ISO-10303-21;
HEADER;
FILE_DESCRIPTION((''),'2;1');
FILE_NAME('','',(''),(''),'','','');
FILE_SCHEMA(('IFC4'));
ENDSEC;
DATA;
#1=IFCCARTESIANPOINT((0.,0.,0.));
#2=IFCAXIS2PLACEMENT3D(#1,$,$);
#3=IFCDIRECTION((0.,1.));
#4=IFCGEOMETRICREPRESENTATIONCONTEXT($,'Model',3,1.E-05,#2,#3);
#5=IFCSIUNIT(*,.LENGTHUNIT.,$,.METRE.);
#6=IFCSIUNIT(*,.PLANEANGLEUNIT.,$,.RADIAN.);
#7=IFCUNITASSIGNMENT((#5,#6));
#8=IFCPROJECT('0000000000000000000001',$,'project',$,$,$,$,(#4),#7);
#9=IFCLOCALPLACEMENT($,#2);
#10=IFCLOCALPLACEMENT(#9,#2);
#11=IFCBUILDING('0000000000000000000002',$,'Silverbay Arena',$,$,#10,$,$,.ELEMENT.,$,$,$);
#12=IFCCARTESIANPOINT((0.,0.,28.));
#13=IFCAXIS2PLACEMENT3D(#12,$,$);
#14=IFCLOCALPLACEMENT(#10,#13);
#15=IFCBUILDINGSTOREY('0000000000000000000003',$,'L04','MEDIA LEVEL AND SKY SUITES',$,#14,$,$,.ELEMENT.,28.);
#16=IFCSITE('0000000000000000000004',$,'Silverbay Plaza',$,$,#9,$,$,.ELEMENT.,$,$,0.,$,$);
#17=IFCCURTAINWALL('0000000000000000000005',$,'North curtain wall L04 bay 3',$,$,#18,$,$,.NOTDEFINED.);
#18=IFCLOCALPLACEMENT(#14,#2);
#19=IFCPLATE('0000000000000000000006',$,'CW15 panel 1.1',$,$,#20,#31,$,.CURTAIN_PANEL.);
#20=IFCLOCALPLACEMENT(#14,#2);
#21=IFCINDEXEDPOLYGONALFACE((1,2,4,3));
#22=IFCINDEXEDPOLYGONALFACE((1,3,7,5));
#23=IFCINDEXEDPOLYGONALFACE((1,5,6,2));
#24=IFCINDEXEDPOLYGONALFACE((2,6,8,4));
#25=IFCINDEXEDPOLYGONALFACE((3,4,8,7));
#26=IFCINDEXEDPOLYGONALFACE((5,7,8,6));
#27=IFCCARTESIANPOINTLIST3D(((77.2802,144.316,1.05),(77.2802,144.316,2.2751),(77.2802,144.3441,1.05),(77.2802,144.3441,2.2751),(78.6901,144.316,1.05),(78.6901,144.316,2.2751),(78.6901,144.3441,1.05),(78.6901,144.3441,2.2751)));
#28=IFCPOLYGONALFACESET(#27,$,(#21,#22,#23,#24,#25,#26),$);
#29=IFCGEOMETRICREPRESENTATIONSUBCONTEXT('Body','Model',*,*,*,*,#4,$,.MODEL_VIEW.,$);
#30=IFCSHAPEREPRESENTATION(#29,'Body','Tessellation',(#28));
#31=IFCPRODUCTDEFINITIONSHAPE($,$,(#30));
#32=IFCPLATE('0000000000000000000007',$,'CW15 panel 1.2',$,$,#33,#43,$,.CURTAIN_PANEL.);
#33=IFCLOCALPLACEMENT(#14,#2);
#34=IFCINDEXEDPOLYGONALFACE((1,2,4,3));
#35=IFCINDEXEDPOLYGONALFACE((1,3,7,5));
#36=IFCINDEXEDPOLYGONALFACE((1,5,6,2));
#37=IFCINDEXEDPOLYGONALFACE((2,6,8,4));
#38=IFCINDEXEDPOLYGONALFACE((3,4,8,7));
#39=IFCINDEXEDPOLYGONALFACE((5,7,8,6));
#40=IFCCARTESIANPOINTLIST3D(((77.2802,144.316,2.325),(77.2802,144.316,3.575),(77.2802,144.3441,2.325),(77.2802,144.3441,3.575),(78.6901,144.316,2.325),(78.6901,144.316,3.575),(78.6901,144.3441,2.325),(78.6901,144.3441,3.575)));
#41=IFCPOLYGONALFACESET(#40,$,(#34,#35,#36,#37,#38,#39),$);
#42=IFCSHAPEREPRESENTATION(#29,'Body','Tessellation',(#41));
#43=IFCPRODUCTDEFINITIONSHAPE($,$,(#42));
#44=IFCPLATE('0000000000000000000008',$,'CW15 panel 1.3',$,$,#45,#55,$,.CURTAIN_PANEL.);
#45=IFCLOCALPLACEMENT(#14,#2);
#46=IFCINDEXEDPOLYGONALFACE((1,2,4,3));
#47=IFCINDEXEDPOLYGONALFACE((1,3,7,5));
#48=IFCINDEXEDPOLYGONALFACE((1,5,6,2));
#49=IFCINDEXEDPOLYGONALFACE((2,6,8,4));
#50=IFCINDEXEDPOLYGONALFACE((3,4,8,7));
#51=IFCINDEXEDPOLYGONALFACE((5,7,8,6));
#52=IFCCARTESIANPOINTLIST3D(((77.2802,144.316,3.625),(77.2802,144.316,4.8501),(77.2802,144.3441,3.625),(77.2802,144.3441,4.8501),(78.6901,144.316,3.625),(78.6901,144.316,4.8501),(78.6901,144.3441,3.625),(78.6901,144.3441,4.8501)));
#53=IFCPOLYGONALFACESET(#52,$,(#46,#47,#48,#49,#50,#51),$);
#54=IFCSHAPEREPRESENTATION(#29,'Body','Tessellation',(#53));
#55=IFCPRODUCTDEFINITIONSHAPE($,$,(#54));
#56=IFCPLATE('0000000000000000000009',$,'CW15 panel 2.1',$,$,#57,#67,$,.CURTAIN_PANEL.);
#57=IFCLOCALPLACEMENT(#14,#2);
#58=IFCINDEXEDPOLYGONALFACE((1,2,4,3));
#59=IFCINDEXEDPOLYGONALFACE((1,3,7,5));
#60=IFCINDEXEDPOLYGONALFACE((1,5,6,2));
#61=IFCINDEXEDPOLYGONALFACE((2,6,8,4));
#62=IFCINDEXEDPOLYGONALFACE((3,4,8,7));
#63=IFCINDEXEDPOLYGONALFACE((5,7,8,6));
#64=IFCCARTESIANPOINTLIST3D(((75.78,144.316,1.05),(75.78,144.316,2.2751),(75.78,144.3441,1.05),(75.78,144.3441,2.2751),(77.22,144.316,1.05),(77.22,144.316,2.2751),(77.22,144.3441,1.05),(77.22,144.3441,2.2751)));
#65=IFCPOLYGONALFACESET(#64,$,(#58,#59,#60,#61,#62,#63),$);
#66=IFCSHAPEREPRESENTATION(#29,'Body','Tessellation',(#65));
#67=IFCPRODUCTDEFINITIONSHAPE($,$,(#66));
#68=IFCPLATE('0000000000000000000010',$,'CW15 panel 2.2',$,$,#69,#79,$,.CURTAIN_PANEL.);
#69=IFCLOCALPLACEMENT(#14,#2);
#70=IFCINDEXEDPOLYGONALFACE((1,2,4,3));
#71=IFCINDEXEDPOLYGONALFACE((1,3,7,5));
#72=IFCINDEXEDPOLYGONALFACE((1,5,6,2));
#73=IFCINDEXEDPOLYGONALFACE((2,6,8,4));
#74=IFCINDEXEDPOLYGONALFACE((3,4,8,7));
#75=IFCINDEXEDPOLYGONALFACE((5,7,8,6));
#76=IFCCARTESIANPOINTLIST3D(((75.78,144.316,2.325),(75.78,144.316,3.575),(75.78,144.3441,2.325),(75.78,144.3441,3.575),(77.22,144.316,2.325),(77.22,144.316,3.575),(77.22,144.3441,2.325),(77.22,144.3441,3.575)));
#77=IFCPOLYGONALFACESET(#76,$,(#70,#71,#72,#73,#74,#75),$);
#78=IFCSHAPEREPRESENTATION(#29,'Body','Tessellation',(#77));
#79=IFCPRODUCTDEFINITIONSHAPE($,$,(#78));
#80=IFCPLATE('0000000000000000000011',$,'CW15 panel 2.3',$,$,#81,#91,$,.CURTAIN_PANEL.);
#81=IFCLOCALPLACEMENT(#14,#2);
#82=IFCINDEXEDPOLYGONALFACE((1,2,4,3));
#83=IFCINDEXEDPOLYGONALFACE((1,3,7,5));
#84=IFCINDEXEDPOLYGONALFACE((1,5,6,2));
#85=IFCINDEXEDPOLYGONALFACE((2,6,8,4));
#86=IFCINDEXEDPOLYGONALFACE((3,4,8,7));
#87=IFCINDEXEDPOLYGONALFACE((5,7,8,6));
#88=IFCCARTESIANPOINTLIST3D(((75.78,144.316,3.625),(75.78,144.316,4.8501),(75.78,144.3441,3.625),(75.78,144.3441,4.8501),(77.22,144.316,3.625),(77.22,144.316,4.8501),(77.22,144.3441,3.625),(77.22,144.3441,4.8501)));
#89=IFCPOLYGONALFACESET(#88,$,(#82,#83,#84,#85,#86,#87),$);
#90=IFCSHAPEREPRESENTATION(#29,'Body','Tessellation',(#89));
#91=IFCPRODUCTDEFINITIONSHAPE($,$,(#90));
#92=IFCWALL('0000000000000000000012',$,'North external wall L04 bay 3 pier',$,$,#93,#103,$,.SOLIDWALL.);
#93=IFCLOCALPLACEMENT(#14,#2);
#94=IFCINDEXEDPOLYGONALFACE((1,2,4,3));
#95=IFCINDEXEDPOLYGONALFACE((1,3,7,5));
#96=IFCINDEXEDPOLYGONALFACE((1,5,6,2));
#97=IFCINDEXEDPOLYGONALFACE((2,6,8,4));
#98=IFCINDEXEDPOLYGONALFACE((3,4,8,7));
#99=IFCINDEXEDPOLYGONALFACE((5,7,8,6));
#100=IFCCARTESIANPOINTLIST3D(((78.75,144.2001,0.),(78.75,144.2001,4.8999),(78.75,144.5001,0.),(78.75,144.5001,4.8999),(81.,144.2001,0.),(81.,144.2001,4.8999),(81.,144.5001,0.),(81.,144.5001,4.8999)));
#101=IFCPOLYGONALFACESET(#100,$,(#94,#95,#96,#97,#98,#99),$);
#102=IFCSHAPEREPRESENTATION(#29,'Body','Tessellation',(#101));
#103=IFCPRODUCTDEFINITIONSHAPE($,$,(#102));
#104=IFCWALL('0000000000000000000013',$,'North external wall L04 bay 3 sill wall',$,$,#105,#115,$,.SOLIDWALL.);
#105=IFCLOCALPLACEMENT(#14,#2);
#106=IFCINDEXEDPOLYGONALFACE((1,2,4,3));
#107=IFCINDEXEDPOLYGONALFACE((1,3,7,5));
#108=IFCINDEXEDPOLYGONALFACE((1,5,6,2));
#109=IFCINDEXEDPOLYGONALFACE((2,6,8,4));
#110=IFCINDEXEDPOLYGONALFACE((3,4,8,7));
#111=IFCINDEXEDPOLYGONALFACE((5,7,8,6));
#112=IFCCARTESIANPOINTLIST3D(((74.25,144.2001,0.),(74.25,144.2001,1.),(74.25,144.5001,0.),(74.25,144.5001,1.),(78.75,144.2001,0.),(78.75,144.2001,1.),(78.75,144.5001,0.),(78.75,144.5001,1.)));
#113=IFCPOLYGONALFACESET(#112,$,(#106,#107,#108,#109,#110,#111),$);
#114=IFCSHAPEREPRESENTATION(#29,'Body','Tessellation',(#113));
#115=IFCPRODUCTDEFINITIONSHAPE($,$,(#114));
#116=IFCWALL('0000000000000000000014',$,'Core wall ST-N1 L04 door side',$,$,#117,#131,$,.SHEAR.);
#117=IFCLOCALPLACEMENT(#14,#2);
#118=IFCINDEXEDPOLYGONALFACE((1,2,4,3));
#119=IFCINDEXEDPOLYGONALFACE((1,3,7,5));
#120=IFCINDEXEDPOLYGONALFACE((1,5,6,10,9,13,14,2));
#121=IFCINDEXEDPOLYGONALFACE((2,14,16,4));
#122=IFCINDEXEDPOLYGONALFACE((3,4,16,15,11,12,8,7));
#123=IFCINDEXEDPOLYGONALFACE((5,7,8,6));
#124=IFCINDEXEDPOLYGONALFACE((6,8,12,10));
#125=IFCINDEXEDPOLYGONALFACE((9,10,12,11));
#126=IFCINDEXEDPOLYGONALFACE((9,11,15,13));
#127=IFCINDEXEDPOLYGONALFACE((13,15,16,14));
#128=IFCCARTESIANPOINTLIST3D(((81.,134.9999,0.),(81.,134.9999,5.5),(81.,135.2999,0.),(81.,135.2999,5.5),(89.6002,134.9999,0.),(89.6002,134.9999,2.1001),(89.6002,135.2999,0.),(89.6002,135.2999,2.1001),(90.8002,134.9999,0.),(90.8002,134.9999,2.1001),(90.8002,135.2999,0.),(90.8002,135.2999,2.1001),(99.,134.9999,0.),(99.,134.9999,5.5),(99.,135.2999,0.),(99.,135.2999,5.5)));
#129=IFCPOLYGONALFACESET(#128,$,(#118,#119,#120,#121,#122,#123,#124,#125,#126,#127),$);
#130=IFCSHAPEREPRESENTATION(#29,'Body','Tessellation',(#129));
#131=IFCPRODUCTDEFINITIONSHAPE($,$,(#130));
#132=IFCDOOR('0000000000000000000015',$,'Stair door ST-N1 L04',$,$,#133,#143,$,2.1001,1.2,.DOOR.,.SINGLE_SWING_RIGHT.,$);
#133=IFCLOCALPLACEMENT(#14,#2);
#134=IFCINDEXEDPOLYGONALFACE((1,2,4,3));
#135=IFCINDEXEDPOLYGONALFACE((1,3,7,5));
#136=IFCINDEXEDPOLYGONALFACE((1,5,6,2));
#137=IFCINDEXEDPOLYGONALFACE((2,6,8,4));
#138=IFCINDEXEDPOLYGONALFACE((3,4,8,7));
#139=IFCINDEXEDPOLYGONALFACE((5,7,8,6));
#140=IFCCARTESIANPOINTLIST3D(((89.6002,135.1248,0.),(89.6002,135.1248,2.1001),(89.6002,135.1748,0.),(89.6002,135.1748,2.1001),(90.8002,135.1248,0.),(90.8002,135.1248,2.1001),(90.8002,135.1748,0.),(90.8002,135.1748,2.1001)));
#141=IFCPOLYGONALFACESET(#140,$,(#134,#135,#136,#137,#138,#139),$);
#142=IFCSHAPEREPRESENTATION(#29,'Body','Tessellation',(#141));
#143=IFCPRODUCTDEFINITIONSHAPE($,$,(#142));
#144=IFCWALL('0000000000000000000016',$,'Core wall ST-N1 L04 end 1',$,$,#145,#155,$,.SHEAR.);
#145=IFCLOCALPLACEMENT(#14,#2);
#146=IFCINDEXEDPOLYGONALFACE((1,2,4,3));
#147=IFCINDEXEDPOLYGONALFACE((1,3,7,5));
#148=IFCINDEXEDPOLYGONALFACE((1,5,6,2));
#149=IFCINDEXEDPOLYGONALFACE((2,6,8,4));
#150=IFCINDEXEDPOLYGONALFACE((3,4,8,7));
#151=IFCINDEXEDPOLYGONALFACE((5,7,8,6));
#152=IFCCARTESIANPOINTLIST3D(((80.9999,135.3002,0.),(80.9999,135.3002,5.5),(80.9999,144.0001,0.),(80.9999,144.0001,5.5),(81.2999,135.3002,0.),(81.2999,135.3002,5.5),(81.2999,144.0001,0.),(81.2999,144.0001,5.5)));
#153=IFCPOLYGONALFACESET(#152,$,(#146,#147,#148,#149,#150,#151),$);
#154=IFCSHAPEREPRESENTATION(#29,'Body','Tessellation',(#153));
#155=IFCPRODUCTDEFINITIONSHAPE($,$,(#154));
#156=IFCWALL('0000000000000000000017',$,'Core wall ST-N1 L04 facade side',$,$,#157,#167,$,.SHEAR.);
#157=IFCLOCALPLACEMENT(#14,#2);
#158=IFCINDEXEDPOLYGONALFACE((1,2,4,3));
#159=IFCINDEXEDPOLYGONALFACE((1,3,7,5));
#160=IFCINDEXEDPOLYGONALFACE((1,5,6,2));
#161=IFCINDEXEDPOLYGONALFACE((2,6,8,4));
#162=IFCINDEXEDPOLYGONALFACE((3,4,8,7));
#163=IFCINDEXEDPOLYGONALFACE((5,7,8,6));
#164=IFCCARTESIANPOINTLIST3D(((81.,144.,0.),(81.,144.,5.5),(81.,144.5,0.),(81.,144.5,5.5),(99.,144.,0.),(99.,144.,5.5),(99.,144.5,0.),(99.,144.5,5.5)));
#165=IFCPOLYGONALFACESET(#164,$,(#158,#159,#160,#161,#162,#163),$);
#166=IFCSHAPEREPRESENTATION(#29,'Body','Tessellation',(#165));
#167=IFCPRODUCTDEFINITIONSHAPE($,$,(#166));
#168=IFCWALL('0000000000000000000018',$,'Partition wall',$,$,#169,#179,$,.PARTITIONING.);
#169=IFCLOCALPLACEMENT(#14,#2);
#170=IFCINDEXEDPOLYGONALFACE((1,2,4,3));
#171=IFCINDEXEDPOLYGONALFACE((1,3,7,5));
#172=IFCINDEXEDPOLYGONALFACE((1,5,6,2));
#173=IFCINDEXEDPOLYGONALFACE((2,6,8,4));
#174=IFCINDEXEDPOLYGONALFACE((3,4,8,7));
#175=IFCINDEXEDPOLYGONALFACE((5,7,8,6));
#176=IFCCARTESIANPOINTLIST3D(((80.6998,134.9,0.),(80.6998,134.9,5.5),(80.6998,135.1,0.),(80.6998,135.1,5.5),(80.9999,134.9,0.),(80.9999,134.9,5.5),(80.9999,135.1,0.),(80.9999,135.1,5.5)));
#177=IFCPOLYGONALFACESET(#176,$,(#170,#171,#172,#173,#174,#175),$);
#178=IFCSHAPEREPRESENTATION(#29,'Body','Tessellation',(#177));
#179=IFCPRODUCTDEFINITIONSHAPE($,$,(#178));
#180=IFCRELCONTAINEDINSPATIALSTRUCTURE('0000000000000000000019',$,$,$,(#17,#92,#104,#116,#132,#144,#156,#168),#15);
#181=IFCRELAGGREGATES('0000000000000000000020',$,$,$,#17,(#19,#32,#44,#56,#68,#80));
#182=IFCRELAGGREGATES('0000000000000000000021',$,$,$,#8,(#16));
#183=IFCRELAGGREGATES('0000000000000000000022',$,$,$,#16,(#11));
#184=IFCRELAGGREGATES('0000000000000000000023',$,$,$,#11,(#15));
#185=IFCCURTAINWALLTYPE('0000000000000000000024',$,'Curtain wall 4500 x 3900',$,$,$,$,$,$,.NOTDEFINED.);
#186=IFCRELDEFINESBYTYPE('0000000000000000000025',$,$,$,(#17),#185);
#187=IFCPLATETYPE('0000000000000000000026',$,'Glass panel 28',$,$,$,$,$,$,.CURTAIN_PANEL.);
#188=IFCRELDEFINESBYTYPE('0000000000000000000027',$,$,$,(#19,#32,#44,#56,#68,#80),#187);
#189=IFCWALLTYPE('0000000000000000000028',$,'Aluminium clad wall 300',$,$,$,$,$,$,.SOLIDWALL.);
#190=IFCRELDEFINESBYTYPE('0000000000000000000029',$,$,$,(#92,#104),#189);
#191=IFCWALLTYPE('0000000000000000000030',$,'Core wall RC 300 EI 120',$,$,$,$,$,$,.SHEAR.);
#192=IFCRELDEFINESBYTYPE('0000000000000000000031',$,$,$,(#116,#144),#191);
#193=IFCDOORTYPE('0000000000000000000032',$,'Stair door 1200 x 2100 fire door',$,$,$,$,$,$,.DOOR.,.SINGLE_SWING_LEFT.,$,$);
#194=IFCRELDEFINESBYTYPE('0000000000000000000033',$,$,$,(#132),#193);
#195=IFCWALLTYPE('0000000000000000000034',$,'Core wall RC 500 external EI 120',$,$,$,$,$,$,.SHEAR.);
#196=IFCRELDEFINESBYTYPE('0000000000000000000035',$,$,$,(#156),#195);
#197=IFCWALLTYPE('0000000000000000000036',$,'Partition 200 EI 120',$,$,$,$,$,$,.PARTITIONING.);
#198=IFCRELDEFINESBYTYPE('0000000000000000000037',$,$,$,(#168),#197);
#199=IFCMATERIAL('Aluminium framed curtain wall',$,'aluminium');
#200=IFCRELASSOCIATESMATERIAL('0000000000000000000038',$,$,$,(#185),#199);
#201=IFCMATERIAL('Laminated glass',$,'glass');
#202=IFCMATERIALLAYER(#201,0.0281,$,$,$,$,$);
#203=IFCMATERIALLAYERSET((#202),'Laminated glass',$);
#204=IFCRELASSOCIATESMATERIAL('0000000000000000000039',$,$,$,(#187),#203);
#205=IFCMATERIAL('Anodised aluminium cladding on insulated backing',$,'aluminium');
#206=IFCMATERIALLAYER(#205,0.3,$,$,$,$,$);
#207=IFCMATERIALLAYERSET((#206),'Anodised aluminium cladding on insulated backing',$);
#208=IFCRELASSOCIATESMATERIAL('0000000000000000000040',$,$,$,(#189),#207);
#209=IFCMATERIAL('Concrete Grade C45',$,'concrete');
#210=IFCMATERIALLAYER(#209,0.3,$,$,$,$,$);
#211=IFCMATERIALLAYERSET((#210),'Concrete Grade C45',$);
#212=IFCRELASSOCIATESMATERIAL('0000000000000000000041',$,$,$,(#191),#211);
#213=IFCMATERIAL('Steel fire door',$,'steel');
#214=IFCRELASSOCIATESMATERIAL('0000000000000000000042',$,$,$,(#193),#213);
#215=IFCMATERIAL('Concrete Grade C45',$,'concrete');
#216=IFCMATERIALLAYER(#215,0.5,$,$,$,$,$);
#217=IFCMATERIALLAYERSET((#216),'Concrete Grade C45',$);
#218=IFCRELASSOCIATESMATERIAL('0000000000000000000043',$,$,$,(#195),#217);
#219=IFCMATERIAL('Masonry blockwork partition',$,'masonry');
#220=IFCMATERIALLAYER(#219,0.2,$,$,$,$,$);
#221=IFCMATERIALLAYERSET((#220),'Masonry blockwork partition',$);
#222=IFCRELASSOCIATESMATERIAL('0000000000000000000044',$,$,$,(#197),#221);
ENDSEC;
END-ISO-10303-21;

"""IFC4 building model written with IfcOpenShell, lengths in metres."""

from ifc_helpers import new_model, si_unit, direction, frame, frame_2d, origin, origin_2d, place, context, subcontext, project, spatial, rectangle, extrude, material, layer, layer_set, type_object, element, fill, aggregate, save


model = new_model("IFC4")

# Units and contexts
model_context = context("Model", 3, precision=1e-05, world=origin(), true_north=direction((0.0, 1.0)))
body_context = subcontext(model_context, "Body", "Model", "MODEL_VIEW")
ifc_project = project(units=[si_unit("LENGTHUNIT", "METRE"), si_unit("PLANEANGLEUNIT", "RADIAN")], contexts=[model_context])

# Site, building, storey
site_placement = place(None, origin())
site = spatial("IfcSite", under=ifc_project, at=site_placement, Name="Silverbay Plaza", CompositionType="ELEMENT", RefElevation=0.0)
building_placement = place(site_placement, origin())
building = spatial("IfcBuilding", under=site, at=building_placement, Name="Silverbay Arena", CompositionType="ELEMENT")
storey_placement = place(building_placement, frame((0.0, 0.0, 28.0)))
storey = spatial("IfcBuildingStorey", under=building, at=storey_placement, Name="L04", Description="MEDIA LEVEL AND SKY SUITES", CompositionType="ELEMENT", Elevation=28.0)

# Curtain wall, plates
ifc_material_1 = material(Name="Aluminium framed curtain wall", Category="aluminium")
curtain_wall_type = type_object("IfcCurtainWallType", Name="Curtain wall 4500 x 3900", PredefinedType="NOTDEFINED", material=ifc_material_1)
curtain_wall_placement = place(storey_placement, origin())
curtain_wall = element("IfcCurtainWall", 1, at=curtain_wall_placement, inside=storey, type_object=curtain_wall_type, Name="North curtain wall L04 bay 3", PredefinedType="NOTDEFINED")
ifc_material_2 = material(Name="Laminated glass", Category="glass")
ifc_layer_1 = layer(ifc_material_2, 0.0281)
ifc_layer_set_1 = layer_set([ifc_layer_1], Name="Laminated glass")
plate_type = type_object("IfcPlateType", Name="Glass panel 28", PredefinedType="CURTAIN_PANEL", material=ifc_layer_set_1)
plate_1_placement = place(storey_placement, frame((77.9851, 144.3301, 1.05), z_axis=(0.0, 0.0, 1.0), x_axis=(-1.0, 0.0, 0.0)))
plate_1 = element("IfcPlate", 2, at=plate_1_placement, type_object=plate_type, Name="CW15 panel 1.1", PredefinedType="CURTAIN_PANEL", context=body_context, shape_type="SweptSolid", body=[
    extrude(rectangle(XDim=1.4099, YDim=0.0281, at=origin_2d()), origin(), (0.0, 0.0, 1.0), 1.2251),
])
plate_2_placement = place(storey_placement, frame((77.9851, 144.3301, 2.325), z_axis=(0.0, 0.0, 1.0), x_axis=(-1.0, 0.0, 0.0)))
plate_2 = element("IfcPlate", 3, at=plate_2_placement, type_object=plate_type, Name="CW15 panel 1.2", PredefinedType="CURTAIN_PANEL", context=body_context, shape_type="SweptSolid", body=[
    extrude(rectangle(XDim=1.4099, YDim=0.0281, at=origin_2d()), origin(), (0.0, 0.0, 1.0), 1.25),
])
plate_3_placement = place(storey_placement, frame((77.9851, 144.3301, 3.625), z_axis=(0.0, 0.0, 1.0), x_axis=(-1.0, 0.0, 0.0)))
plate_3 = element("IfcPlate", 4, at=plate_3_placement, type_object=plate_type, Name="CW15 panel 1.3", PredefinedType="CURTAIN_PANEL", context=body_context, shape_type="SweptSolid", body=[
    extrude(rectangle(XDim=1.4099, YDim=0.0281, at=origin_2d()), origin(), (0.0, 0.0, 1.0), 1.2251),
])
plate_4_placement = place(storey_placement, frame((76.5, 144.3301, 1.05), z_axis=(0.0, 0.0, 1.0), x_axis=(-1.0, 0.0, 0.0)))
plate_4 = element("IfcPlate", 5, at=plate_4_placement, type_object=plate_type, Name="CW15 panel 2.1", PredefinedType="CURTAIN_PANEL", context=body_context, shape_type="SweptSolid", body=[
    extrude(rectangle(XDim=1.4399, YDim=0.0281, at=origin_2d()), origin(), (0.0, 0.0, 1.0), 1.2251),
])
plate_5_placement = place(storey_placement, frame((76.5, 144.3301, 2.325), z_axis=(0.0, 0.0, 1.0), x_axis=(-1.0, 0.0, 0.0)))
plate_5 = element("IfcPlate", 6, at=plate_5_placement, type_object=plate_type, Name="CW15 panel 2.2", PredefinedType="CURTAIN_PANEL", context=body_context, shape_type="SweptSolid", body=[
    extrude(rectangle(XDim=1.4399, YDim=0.0281, at=origin_2d()), origin(), (0.0, 0.0, 1.0), 1.25),
])
plate_6_placement = place(storey_placement, frame((76.5, 144.3301, 3.625), z_axis=(0.0, 0.0, 1.0), x_axis=(-1.0, 0.0, 0.0)))
plate_6 = element("IfcPlate", 7, at=plate_6_placement, type_object=plate_type, Name="CW15 panel 2.3", PredefinedType="CURTAIN_PANEL", context=body_context, shape_type="SweptSolid", body=[
    extrude(rectangle(XDim=1.4399, YDim=0.0281, at=origin_2d()), origin(), (0.0, 0.0, 1.0), 1.2251),
])
aggregate(curtain_wall, [plate_1, plate_2, plate_3, plate_4, plate_5, plate_6])

# Walls
ifc_material_3 = material(Name="Anodised aluminium cladding on insulated backing", Category="aluminium")
ifc_layer_2 = layer(ifc_material_3, 0.3)
ifc_layer_set_2 = layer_set([ifc_layer_2], Name="Anodised aluminium cladding on insulated backing")
wall_type_1 = type_object("IfcWallType", Name="Aluminium clad wall 300", PredefinedType="SOLIDWALL", material=ifc_layer_set_2)
wall_1_placement = place(storey_placement, frame((81.0, 144.3501, 0.0), z_axis=(0.0, 0.0, 1.0), x_axis=(-1.0, 0.0, 0.0)))
element("IfcWall", 8, at=wall_1_placement, inside=storey, type_object=wall_type_1, Name="North external wall L04 bay 3 pier", PredefinedType="SOLIDWALL", context=body_context, shape_type="SweptSolid", body=[
    extrude(rectangle(XDim=2.25, YDim=0.3, at=frame_2d((1.125, 0.0))), origin(), (0.0, 0.0, 1.0), 4.8999),
])
wall_2_placement = place(storey_placement, frame((78.75, 144.3501, 0.0), z_axis=(0.0, 0.0, 1.0), x_axis=(-1.0, 0.0, 0.0)))
element("IfcWall", 9, at=wall_2_placement, inside=storey, type_object=wall_type_1, Name="North external wall L04 bay 3 sill wall", PredefinedType="SOLIDWALL", context=body_context, shape_type="SweptSolid", body=[
    extrude(rectangle(XDim=4.5, YDim=0.3, at=frame_2d((2.25, 0.0))), origin(), (0.0, 0.0, 1.0), 1.0),
])

# Wall, opening, door
ifc_material_4 = material(Name="Concrete Grade C45", Category="concrete")
ifc_layer_3 = layer(ifc_material_4, 0.3)
ifc_layer_set_3 = layer_set([ifc_layer_3], Name="Concrete Grade C45")
wall_type_2 = type_object("IfcWallType", Name="Core wall RC 300 EI 120", PredefinedType="SHEAR", material=ifc_layer_set_3)
wall_3_placement = place(storey_placement, frame((81.0, 135.1499, 0.0), z_axis=(0.0, 0.0, 1.0), x_axis=(1.0, 0.0, 0.0)))
wall_3 = element("IfcWall", 10, at=wall_3_placement, inside=storey, type_object=wall_type_2, Name="Core wall ST-N1 L04 door side", PredefinedType="SHEAR", context=body_context, shape_type="SweptSolid", body=[
    extrude(rectangle(XDim=18.0, YDim=0.3, at=frame_2d((9.0, 0.0))), origin(), (0.0, 0.0, 1.0), 5.5),
])
opening_placement = place(wall_3_placement, frame((8.6001, 0.0, 0.0)))
opening = element("IfcOpeningElement", 11, at=opening_placement, cuts=wall_3, PredefinedType="OPENING", context=body_context, shape_type="SweptSolid", body=[
    extrude(rectangle(XDim=1.2, YDim=2.1001, at=frame_2d((0.6001, 1.05))), frame((0.0, 0.1602, 0.0), z_axis=(0.0, -1.0, 0.0), x_axis=(1.0, 0.0, 0.0)), (0.0, 0.0, 1.0), 0.3201),
])
ifc_material_5 = material(Name="Steel fire door", Category="steel")
door_type = type_object("IfcDoorType", Name="Stair door 1200 x 2100 fire door", OperationType="SINGLE_SWING_LEFT", PredefinedType="DOOR", material=ifc_material_5)
door_placement = place(opening_placement, origin())
door = element("IfcDoor", 12, at=door_placement, inside=storey, type_object=door_type, Name="Stair door ST-N1 L04", OperationType="SINGLE_SWING_RIGHT", OverallHeight=2.1001, OverallWidth=1.2, PredefinedType="DOOR", context=body_context, shape_type="SweptSolid", body=[
    extrude(rectangle(XDim=1.2, YDim=2.1001, at=frame_2d((0.6001, 1.05))), frame((0.0, 0.0249, 0.0), z_axis=(0.0, -1.0, 0.0), x_axis=(1.0, 0.0, 0.0)), (0.0, 0.0, 1.0), 0.05),
])
fill(opening, door)

# Walls
wall_4_placement = place(storey_placement, frame((81.1499, 135.3, 0.0), z_axis=(0.0, 0.0, 1.0), x_axis=(0.0, 1.0, 0.0)))
element("IfcWall", 13, at=wall_4_placement, inside=storey, type_object=wall_type_2, Name="Core wall ST-N1 L04 end 1", PredefinedType="SHEAR", context=body_context, shape_type="SweptSolid", body=[
    extrude(rectangle(XDim=8.7, YDim=0.3, at=frame_2d((4.3501, 0.0))), origin(), (0.0, 0.0, 1.0), 5.5),
])
ifc_material_6 = material(Name="Concrete Grade C45", Category="concrete")
ifc_layer_4 = layer(ifc_material_6, 0.5)
ifc_layer_set_4 = layer_set([ifc_layer_4], Name="Concrete Grade C45")
wall_type_3 = type_object("IfcWallType", Name="Core wall RC 500 external EI 120", PredefinedType="SHEAR", material=ifc_layer_set_4)
wall_5_placement = place(storey_placement, frame((81.0, 144.25, 0.0), z_axis=(0.0, 0.0, 1.0), x_axis=(1.0, 0.0, 0.0)))
element("IfcWall", 14, at=wall_5_placement, inside=storey, type_object=wall_type_3, Name="Core wall ST-N1 L04 facade side", PredefinedType="SHEAR", context=body_context, shape_type="SweptSolid", body=[
    extrude(rectangle(XDim=18.0, YDim=0.5, at=frame_2d((9.0, 0.0))), origin(), (0.0, 0.0, 1.0), 5.5),
])
ifc_material_7 = material(Name="Masonry blockwork partition", Category="masonry")
ifc_layer_5 = layer(ifc_material_7, 0.2)
ifc_layer_set_5 = layer_set([ifc_layer_5], Name="Masonry blockwork partition")
wall_type_4 = type_object("IfcWallType", Name="Partition 200 EI 120", PredefinedType="PARTITIONING", material=ifc_layer_set_5)
wall_6_placement = place(storey_placement, frame((80.7, 135.0, 0.0), z_axis=(0.0, 0.0, 1.0), x_axis=(1.0, 0.0, 0.0)))
element("IfcWall", 15, at=wall_6_placement, inside=storey, type_object=wall_type_4, Name="Partition wall", PredefinedType="PARTITIONING", context=body_context, shape_type="SweptSolid", body=[
    extrude(rectangle(XDim=0.3, YDim=0.2, at=frame_2d((0.1499, 0.0))), origin(), (0.0, 0.0, 1.0), 5.5),
])

save(model, "model.ifc")
